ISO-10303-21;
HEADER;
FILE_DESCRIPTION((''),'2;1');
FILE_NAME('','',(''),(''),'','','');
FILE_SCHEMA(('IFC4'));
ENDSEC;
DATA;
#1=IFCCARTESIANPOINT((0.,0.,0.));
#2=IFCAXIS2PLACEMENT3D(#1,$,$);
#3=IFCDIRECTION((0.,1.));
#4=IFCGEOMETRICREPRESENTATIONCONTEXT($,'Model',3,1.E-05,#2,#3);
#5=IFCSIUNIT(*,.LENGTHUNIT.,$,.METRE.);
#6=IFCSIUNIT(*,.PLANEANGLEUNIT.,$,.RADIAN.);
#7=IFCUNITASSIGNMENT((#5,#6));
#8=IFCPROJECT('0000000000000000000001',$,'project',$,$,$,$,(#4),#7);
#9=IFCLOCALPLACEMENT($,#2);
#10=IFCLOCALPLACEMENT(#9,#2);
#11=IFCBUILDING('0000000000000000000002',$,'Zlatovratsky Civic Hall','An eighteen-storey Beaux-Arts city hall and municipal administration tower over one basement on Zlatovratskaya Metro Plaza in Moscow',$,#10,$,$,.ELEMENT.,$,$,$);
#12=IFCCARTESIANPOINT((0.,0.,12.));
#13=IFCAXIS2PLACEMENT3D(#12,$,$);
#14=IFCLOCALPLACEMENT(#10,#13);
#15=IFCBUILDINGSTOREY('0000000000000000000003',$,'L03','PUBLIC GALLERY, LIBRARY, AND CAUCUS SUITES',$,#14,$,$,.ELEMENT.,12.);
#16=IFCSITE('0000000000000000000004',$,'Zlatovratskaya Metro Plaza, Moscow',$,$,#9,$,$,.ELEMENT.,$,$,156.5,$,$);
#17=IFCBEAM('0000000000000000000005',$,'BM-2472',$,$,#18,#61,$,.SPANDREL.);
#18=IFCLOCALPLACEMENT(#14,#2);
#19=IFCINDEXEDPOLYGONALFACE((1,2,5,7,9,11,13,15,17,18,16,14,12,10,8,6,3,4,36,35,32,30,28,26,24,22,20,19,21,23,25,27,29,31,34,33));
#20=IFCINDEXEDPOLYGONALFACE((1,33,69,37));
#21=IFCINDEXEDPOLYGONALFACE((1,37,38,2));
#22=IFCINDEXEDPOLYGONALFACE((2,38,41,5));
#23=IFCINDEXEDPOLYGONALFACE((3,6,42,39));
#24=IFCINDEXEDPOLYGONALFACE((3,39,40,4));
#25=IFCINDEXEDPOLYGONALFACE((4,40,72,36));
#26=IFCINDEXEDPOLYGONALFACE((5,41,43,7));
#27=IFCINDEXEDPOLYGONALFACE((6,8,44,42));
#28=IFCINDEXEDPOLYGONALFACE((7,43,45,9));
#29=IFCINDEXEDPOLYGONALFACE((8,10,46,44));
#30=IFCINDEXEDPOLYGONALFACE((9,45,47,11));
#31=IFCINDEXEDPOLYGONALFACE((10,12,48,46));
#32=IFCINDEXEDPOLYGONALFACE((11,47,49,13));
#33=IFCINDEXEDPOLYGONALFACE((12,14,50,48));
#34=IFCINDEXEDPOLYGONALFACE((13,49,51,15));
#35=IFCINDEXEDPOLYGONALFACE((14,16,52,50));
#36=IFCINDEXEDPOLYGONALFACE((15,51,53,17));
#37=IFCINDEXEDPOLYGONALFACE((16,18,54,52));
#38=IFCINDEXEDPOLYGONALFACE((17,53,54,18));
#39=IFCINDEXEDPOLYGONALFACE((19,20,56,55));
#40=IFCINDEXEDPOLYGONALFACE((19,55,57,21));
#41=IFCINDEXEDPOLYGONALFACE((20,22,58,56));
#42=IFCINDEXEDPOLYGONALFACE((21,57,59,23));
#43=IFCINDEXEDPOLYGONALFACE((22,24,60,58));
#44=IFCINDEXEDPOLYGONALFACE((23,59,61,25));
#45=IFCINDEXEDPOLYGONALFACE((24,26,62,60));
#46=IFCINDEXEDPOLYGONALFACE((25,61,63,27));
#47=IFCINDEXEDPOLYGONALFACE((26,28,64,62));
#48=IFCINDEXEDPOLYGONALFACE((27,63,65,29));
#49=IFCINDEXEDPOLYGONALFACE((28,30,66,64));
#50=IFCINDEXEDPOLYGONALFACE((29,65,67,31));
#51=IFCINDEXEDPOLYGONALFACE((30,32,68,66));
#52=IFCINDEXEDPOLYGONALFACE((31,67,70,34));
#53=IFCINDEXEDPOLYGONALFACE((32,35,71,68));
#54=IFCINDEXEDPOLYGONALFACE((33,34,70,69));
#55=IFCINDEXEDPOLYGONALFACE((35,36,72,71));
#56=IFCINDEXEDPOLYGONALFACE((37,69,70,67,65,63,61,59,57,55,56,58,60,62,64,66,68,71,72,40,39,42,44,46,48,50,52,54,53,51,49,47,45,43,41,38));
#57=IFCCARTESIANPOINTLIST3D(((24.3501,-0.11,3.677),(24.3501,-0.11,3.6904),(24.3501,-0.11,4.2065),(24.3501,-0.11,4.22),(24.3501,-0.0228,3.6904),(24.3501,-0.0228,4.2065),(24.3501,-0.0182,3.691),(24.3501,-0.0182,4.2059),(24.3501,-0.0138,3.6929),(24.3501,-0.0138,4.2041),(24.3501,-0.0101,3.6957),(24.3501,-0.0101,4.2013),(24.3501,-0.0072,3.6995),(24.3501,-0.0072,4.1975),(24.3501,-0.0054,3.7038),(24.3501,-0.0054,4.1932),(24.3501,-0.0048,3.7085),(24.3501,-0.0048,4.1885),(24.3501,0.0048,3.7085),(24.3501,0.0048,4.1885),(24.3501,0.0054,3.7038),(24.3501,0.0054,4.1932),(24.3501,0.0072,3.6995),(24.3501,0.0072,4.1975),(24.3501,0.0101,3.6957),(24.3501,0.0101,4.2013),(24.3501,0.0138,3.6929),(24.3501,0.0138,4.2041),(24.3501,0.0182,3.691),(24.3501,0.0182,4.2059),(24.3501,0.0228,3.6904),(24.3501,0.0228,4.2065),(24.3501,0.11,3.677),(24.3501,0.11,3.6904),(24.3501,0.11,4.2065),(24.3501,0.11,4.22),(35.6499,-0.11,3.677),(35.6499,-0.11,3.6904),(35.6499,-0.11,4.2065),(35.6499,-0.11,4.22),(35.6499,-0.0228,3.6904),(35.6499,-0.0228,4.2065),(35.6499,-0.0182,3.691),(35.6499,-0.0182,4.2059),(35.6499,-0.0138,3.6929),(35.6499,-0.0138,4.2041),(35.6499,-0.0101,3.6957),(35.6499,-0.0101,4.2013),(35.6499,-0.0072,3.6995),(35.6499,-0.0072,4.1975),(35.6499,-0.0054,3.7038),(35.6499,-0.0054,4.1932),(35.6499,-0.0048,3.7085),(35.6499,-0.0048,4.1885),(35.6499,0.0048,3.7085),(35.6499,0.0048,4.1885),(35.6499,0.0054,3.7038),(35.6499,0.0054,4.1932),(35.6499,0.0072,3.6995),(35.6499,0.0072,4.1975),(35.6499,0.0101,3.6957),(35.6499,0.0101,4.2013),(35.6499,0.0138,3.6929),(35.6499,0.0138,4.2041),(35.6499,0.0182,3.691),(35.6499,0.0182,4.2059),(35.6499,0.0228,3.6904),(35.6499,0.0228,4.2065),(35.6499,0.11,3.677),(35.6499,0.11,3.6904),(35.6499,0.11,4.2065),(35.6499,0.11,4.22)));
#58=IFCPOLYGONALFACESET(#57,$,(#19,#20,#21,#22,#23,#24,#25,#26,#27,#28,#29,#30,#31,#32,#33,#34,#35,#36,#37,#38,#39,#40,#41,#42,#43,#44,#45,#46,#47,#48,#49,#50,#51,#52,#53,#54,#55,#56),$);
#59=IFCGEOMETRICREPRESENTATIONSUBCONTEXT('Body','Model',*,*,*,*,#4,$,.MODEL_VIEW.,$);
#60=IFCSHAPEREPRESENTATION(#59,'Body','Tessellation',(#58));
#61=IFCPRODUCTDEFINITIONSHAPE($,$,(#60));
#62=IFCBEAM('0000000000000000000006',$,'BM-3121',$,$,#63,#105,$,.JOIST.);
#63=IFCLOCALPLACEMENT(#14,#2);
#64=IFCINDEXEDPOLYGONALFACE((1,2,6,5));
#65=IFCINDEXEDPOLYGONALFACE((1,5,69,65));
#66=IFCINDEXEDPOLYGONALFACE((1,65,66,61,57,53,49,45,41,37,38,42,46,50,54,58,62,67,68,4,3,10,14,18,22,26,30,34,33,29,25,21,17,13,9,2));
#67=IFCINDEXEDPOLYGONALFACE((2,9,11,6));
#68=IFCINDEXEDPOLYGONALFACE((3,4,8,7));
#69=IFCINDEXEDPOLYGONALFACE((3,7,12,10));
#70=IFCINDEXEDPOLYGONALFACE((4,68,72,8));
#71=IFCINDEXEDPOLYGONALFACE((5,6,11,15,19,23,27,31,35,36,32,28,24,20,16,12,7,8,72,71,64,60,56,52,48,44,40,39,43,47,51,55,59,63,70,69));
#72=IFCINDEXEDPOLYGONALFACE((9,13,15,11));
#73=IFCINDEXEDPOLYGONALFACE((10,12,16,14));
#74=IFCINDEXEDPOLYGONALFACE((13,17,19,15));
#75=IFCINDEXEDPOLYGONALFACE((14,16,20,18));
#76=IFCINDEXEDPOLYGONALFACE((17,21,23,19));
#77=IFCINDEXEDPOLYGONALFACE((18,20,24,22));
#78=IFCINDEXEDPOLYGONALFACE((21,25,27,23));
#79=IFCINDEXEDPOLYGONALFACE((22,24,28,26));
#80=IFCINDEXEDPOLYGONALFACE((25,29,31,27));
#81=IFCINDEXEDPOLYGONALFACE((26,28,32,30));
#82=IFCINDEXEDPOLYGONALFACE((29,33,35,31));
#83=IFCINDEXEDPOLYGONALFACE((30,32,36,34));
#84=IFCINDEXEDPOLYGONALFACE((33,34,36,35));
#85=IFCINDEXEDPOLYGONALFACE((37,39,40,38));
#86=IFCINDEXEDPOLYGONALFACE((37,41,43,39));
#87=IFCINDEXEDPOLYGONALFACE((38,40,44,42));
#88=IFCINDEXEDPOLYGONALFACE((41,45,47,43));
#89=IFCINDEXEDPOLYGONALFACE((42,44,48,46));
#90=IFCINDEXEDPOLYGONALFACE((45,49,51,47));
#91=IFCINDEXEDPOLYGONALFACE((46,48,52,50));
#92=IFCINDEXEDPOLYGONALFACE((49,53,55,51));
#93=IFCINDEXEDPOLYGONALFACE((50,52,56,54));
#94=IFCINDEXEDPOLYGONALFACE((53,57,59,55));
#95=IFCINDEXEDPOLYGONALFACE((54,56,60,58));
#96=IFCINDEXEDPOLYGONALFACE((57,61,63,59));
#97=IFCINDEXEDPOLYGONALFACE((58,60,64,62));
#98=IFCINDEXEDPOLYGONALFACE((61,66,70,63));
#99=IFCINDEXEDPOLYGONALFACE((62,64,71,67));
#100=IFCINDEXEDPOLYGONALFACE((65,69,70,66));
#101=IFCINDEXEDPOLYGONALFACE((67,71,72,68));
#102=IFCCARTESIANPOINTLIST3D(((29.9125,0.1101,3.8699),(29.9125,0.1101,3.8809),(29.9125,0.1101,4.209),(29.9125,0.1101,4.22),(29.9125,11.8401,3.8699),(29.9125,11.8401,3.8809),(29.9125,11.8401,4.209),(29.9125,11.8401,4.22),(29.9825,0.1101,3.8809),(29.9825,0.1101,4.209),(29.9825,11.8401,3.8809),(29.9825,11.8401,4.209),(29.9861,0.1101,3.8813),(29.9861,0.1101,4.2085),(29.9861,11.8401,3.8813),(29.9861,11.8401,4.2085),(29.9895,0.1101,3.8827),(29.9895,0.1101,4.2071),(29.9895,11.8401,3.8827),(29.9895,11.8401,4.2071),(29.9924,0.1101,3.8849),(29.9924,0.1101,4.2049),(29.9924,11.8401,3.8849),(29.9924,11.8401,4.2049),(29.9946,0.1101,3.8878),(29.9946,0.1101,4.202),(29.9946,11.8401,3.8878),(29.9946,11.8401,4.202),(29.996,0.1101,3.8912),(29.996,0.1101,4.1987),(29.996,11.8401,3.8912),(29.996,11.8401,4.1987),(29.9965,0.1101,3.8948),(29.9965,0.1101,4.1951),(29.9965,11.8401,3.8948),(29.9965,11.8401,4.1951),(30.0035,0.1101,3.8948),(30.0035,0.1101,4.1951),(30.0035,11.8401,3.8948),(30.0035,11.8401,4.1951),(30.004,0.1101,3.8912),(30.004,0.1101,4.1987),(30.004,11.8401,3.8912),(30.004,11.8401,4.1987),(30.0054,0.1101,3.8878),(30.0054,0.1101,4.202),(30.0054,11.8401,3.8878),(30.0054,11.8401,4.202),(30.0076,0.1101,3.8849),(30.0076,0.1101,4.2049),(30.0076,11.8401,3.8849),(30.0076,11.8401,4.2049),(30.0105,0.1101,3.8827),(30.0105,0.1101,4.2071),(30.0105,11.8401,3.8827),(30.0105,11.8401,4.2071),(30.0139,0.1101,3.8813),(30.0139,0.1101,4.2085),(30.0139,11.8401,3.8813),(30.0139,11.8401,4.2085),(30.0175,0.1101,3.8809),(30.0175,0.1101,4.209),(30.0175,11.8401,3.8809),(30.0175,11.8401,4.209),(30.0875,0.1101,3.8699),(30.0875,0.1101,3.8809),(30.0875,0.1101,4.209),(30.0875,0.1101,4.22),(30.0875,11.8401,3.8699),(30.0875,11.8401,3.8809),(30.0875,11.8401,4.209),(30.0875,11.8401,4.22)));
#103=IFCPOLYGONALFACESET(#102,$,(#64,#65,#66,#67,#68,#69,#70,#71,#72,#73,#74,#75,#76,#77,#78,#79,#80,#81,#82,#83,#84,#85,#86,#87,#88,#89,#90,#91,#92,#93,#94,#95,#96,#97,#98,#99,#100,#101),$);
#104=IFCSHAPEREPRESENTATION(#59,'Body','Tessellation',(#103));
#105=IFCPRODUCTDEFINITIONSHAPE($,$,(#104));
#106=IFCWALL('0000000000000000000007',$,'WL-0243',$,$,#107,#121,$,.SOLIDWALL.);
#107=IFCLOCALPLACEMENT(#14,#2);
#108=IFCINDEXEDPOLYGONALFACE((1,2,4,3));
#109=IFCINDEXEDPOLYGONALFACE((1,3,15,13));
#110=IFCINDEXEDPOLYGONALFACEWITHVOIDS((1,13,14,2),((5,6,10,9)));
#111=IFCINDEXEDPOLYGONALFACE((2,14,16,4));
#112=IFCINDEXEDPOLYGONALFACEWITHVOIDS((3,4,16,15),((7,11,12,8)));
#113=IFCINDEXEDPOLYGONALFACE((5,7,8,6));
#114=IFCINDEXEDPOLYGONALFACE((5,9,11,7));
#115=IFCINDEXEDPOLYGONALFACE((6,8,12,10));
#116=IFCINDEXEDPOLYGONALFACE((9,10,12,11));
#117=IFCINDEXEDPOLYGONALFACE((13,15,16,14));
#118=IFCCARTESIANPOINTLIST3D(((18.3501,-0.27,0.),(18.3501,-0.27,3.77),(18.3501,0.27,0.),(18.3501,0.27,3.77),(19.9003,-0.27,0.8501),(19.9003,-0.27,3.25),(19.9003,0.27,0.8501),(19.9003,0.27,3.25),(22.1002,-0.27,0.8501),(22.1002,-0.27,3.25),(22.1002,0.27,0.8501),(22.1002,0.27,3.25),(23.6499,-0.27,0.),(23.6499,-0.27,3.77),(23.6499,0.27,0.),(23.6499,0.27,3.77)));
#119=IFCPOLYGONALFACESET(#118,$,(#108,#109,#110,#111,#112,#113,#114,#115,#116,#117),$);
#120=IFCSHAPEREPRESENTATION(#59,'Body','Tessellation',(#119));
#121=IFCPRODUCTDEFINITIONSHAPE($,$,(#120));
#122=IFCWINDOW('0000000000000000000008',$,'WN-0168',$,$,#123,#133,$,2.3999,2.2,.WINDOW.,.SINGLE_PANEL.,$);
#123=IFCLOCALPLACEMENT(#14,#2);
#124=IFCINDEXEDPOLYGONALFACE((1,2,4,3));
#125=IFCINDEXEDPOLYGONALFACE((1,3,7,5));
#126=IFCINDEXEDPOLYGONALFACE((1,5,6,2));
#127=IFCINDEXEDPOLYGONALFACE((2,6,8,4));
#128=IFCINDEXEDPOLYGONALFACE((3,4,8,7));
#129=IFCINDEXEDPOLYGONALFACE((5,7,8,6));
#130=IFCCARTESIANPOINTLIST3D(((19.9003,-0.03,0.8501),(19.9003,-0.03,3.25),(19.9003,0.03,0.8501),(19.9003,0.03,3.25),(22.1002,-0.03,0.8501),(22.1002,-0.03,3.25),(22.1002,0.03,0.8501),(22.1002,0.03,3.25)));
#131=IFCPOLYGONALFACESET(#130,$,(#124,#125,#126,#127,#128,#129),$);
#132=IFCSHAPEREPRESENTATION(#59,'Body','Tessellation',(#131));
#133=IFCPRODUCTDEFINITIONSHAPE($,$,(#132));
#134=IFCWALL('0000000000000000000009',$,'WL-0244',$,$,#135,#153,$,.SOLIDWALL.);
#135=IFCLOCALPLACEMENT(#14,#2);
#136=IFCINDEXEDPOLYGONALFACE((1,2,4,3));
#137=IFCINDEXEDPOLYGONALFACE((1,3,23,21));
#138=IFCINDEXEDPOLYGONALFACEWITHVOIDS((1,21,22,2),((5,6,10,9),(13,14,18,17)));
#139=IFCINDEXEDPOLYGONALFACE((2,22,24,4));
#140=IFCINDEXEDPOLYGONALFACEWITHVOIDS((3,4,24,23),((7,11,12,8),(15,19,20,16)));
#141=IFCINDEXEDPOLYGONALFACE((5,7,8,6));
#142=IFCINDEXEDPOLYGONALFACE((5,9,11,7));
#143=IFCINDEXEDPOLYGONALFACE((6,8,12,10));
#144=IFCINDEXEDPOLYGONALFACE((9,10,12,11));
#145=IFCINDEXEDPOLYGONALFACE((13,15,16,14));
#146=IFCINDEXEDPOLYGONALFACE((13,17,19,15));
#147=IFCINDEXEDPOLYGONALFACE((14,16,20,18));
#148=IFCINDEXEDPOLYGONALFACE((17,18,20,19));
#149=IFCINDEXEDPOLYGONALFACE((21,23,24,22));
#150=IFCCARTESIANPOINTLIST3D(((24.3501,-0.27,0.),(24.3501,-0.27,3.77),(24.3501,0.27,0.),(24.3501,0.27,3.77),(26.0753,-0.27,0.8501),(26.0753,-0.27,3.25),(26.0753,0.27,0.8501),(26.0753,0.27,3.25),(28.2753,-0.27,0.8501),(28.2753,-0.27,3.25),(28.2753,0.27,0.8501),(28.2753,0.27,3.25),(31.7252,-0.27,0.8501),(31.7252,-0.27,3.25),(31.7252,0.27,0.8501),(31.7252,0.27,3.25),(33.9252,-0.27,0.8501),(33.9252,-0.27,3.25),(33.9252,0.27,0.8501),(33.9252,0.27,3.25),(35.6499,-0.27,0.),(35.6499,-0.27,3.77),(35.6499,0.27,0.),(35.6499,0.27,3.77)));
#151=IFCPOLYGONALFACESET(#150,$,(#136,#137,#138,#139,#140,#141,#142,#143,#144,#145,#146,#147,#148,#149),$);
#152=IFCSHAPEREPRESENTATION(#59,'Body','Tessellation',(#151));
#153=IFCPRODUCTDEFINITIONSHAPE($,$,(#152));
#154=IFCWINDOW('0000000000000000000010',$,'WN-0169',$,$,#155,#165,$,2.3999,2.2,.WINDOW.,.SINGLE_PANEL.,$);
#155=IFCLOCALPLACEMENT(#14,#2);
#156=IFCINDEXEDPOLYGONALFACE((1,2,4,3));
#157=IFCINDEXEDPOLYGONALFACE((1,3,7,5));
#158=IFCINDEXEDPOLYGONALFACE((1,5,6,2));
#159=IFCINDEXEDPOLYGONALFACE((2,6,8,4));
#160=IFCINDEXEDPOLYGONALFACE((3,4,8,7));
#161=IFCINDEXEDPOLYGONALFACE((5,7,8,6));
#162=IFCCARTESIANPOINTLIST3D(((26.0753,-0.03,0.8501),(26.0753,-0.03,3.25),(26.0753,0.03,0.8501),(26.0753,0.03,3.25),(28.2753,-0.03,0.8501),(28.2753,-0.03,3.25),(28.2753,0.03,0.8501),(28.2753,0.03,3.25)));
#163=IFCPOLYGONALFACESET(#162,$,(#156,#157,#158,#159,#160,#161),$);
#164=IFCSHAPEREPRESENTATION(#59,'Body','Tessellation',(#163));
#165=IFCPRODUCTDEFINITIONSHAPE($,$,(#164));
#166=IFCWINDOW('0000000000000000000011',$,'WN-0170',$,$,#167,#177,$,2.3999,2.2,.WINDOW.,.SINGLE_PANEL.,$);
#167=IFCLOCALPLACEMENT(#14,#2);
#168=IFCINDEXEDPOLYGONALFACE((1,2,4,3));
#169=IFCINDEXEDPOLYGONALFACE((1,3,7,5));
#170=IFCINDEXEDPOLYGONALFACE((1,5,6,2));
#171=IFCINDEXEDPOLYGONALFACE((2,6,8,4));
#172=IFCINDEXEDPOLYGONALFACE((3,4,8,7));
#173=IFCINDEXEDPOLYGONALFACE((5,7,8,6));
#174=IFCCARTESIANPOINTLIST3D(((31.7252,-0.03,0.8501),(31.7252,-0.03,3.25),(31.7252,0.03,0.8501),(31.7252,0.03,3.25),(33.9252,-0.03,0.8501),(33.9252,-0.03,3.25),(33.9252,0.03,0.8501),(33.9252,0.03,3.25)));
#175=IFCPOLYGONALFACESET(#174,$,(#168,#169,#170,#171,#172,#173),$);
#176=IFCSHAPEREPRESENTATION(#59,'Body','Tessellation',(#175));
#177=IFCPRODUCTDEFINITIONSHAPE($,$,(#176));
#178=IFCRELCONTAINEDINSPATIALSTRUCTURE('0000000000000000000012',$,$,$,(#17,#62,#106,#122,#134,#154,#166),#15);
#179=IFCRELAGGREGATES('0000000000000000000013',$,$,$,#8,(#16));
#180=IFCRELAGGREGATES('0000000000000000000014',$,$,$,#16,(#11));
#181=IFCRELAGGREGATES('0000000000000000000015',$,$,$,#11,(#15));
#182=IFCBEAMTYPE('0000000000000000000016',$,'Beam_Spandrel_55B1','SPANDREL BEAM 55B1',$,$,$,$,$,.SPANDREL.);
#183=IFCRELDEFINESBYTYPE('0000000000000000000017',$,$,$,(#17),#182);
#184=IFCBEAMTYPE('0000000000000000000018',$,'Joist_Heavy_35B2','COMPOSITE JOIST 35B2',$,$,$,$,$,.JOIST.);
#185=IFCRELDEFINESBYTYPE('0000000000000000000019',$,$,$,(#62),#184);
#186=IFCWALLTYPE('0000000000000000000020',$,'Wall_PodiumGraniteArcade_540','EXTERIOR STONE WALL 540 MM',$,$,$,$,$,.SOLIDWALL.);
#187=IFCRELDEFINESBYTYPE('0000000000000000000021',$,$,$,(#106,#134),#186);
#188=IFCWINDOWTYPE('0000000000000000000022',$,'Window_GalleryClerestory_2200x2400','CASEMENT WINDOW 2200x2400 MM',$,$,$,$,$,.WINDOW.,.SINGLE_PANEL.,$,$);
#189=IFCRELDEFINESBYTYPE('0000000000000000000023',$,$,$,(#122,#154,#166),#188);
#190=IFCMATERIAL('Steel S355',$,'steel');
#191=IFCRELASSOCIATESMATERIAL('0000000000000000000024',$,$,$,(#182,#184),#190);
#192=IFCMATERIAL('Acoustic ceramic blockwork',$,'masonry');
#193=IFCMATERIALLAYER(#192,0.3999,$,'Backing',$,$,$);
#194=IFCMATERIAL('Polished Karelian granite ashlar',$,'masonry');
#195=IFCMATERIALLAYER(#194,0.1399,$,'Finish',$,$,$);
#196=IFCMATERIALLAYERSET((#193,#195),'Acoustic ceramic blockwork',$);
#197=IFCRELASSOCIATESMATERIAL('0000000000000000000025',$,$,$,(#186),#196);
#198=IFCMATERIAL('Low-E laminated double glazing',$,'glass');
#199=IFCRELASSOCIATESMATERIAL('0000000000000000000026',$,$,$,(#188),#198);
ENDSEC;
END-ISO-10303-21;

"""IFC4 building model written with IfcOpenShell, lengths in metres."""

from ifc_helpers import new_model, si_unit, direction, frame, frame_2d, origin, origin_2d, place, context, subcontext, project, spatial, rectangle, i_section, extrude, material, layer, layer_set, material_profile, profile_set, type_object, element, fill, save


model = new_model("IFC4")

# Units and contexts
model_context = context("Model", 3, precision=1e-05, world=origin(), true_north=direction((0.0, 1.0)))
body_context = subcontext(model_context, "Body", "Model", "MODEL_VIEW")
ifc_project = project(units=[si_unit("LENGTHUNIT", "METRE"), si_unit("PLANEANGLEUNIT", "RADIAN")], contexts=[model_context])

# Site, building, storey
site_placement = place(None, origin())
site = spatial("IfcSite", under=ifc_project, at=site_placement, Name="Zlatovratskaya Metro Plaza, Moscow", CompositionType="ELEMENT", RefElevation=156.5)
building_placement = place(site_placement, origin())
building = spatial("IfcBuilding", under=site, at=building_placement, Name="Zlatovratsky Civic Hall", Description="An eighteen-storey Beaux-Arts city hall and municipal administration tower over one basement on Zlatovratskaya Metro Plaza in Moscow", CompositionType="ELEMENT")
storey_placement = place(building_placement, frame((0.0, 0.0, 12.0)))
storey = spatial("IfcBuildingStorey", under=building, at=storey_placement, Name="L03", Description="PUBLIC GALLERY, LIBRARY, AND CAUCUS SUITES", CompositionType="ELEMENT", Elevation=12.0)

# Shared definitions
ifc_material_1 = material(Name="Steel S355", Category="steel")

# Beams
ifc_material_profile_1 = material_profile(ifc_material_1, i_section(OverallWidth=0.22, OverallDepth=0.543, WebThickness=0.0095, FlangeThickness=0.0134, FilletRadius=0.0181, at=origin_2d()), Name="55B1")
ifc_profile_set_1 = profile_set([ifc_material_profile_1], Name="Steel S355")
beam_type_1 = type_object("IfcBeamType", Name="Beam_Spandrel_55B1", Description="SPANDREL BEAM 55B1", PredefinedType="SPANDREL", material=ifc_profile_set_1)
beam_1_placement = place(storey_placement, frame((24.3501, 0.0, 3.9485), z_axis=(1.0, 0.0, 0.0), x_axis=(0.0, 1.0, 0.0)))
element("IfcBeam", 1, at=beam_1_placement, inside=storey, type_object=beam_type_1, Name="BM-2472", PredefinedType="SPANDREL", context=body_context, shape_type="SweptSolid", body=[
    extrude(i_section(OverallWidth=0.22, OverallDepth=0.543, WebThickness=0.0095, FlangeThickness=0.0134, FilletRadius=0.0181, at=origin_2d()), origin(), (0.0, 0.0, 1.0), 11.2998),
])
ifc_material_profile_2 = material_profile(ifc_material_1, i_section(OverallWidth=0.175, OverallDepth=0.3501, WebThickness=0.0071, FlangeThickness=0.011, FilletRadius=0.0139, at=origin_2d()), Name="35B2")
ifc_profile_set_2 = profile_set([ifc_material_profile_2], Name="Steel S355")
beam_type_2 = type_object("IfcBeamType", Name="Joist_Heavy_35B2", Description="COMPOSITE JOIST 35B2", PredefinedType="JOIST", material=ifc_profile_set_2)
beam_2_placement = place(storey_placement, frame((30.0, 0.1101, 4.0449), z_axis=(0.0, 1.0, 0.0), x_axis=(-1.0, 0.0, 0.0)))
element("IfcBeam", 2, at=beam_2_placement, inside=storey, type_object=beam_type_2, Name="BM-3121", PredefinedType="JOIST", context=body_context, shape_type="SweptSolid", body=[
    extrude(i_section(OverallWidth=0.175, OverallDepth=0.3501, WebThickness=0.0071, FlangeThickness=0.011, FilletRadius=0.0139, at=origin_2d()), origin(), (0.0, 0.0, 1.0), 11.73),
])

# Wall, opening, window
ifc_material_2 = material(Name="Acoustic ceramic blockwork", Category="masonry")
ifc_layer_1 = layer(ifc_material_2, 0.3999, Name="Backing")
ifc_material_3 = material(Name="Polished Karelian granite ashlar", Category="masonry")
ifc_layer_2 = layer(ifc_material_3, 0.1399, Name="Finish")
ifc_layer_set_1 = layer_set([ifc_layer_1, ifc_layer_2], Name="Acoustic ceramic blockwork")
wall_type = type_object("IfcWallType", Name="Wall_PodiumGraniteArcade_540", Description="EXTERIOR STONE WALL 540 MM", PredefinedType="SOLIDWALL", material=ifc_layer_set_1)
wall_1_placement = place(storey_placement, frame((18.3501, 0.0, 0.0), z_axis=(0.0, 0.0, 1.0), x_axis=(1.0, 0.0, 0.0)))
wall_1 = element("IfcWall", 3, at=wall_1_placement, inside=storey, type_object=wall_type, Name="WL-0243", PredefinedType="SOLIDWALL", context=body_context, shape_type="SweptSolid", body=[
    extrude(rectangle(XDim=5.2998, YDim=0.54, at=frame_2d((2.6499, 0.0))), origin(), (0.0, 0.0, 1.0), 3.77),
])
opening_1_placement = place(wall_1_placement, frame((1.55, 0.0, 0.8501)))
opening_1 = element("IfcOpeningElement", 4, at=opening_1_placement, cuts=wall_1, PredefinedType="OPENING", context=body_context, shape_type="SweptSolid", body=[
    extrude(rectangle(XDim=2.2, YDim=2.3999, at=frame_2d((1.1001, 1.2))), frame((0.0, 0.2849, 0.0), z_axis=(0.0, -1.0, 0.0), x_axis=(1.0, 0.0, 0.0)), (0.0, 0.0, 1.0), 0.5698),
])
ifc_material_4 = material(Name="Low-E laminated double glazing", Category="glass")
window_type = type_object("IfcWindowType", Name="Window_GalleryClerestory_2200x2400", Description="CASEMENT WINDOW 2200x2400 MM", PartitioningType="SINGLE_PANEL", PredefinedType="WINDOW", material=ifc_material_4)
window_1_placement = place(opening_1_placement, origin())
window_1 = element("IfcWindow", 5, at=window_1_placement, inside=storey, type_object=window_type, Name="WN-0168", OverallHeight=2.3999, OverallWidth=2.2, PartitioningType="SINGLE_PANEL", PredefinedType="WINDOW", context=body_context, shape_type="SweptSolid", body=[
    extrude(rectangle(XDim=2.2, YDim=2.3999, at=frame_2d((1.1001, 1.2))), frame((0.0, 0.03, 0.0), z_axis=(0.0, -1.0, 0.0), x_axis=(1.0, 0.0, 0.0)), (0.0, 0.0, 1.0), 0.0601),
])
fill(opening_1, window_1)

# Wall, openings, windows
wall_2_placement = place(storey_placement, frame((24.3501, 0.0, 0.0), z_axis=(0.0, 0.0, 1.0), x_axis=(1.0, 0.0, 0.0)))
wall_2 = element("IfcWall", 6, at=wall_2_placement, inside=storey, type_object=wall_type, Name="WL-0244", PredefinedType="SOLIDWALL", context=body_context, shape_type="SweptSolid", body=[
    extrude(rectangle(XDim=11.2998, YDim=0.54, at=frame_2d((5.6499, 0.0))), origin(), (0.0, 0.0, 1.0), 3.77),
])
opening_2_placement = place(wall_2_placement, frame((1.7251, 0.0, 0.8501)))
opening_2 = element("IfcOpeningElement", 7, at=opening_2_placement, cuts=wall_2, PredefinedType="OPENING", context=body_context, shape_type="SweptSolid", body=[
    extrude(rectangle(XDim=2.2, YDim=2.3999, at=frame_2d((1.1001, 1.2))), frame((0.0, 0.2849, 0.0), z_axis=(0.0, -1.0, 0.0), x_axis=(1.0, 0.0, 0.0)), (0.0, 0.0, 1.0), 0.5698),
])
opening_3_placement = place(wall_2_placement, frame((7.375, 0.0, 0.8501)))
opening_3 = element("IfcOpeningElement", 8, at=opening_3_placement, cuts=wall_2, PredefinedType="OPENING", context=body_context, shape_type="SweptSolid", body=[
    extrude(rectangle(XDim=2.2, YDim=2.3999, at=frame_2d((1.1001, 1.2))), frame((0.0, 0.2849, 0.0), z_axis=(0.0, -1.0, 0.0), x_axis=(1.0, 0.0, 0.0)), (0.0, 0.0, 1.0), 0.5698),
])
window_2_placement = place(opening_2_placement, origin())
window_2 = element("IfcWindow", 9, at=window_2_placement, inside=storey, type_object=window_type, Name="WN-0169", OverallHeight=2.3999, OverallWidth=2.2, PartitioningType="SINGLE_PANEL", PredefinedType="WINDOW", context=body_context, shape_type="SweptSolid", body=[
    extrude(rectangle(XDim=2.2, YDim=2.3999, at=frame_2d((1.1001, 1.2))), frame((0.0, 0.03, 0.0), z_axis=(0.0, -1.0, 0.0), x_axis=(1.0, 0.0, 0.0)), (0.0, 0.0, 1.0), 0.0601),
])
fill(opening_2, window_2)
window_3_placement = place(opening_3_placement, origin())
window_3 = element("IfcWindow", 10, at=window_3_placement, inside=storey, type_object=window_type, Name="WN-0170", OverallHeight=2.3999, OverallWidth=2.2, PartitioningType="SINGLE_PANEL", PredefinedType="WINDOW", context=body_context, shape_type="SweptSolid", body=[
    extrude(rectangle(XDim=2.2, YDim=2.3999, at=frame_2d((1.1001, 1.2))), frame((0.0, 0.03, 0.0), z_axis=(0.0, -1.0, 0.0), x_axis=(1.0, 0.0, 0.0)), (0.0, 0.0, 1.0), 0.0601),
])
fill(opening_3, window_3)

save(model, "model.ifc")
